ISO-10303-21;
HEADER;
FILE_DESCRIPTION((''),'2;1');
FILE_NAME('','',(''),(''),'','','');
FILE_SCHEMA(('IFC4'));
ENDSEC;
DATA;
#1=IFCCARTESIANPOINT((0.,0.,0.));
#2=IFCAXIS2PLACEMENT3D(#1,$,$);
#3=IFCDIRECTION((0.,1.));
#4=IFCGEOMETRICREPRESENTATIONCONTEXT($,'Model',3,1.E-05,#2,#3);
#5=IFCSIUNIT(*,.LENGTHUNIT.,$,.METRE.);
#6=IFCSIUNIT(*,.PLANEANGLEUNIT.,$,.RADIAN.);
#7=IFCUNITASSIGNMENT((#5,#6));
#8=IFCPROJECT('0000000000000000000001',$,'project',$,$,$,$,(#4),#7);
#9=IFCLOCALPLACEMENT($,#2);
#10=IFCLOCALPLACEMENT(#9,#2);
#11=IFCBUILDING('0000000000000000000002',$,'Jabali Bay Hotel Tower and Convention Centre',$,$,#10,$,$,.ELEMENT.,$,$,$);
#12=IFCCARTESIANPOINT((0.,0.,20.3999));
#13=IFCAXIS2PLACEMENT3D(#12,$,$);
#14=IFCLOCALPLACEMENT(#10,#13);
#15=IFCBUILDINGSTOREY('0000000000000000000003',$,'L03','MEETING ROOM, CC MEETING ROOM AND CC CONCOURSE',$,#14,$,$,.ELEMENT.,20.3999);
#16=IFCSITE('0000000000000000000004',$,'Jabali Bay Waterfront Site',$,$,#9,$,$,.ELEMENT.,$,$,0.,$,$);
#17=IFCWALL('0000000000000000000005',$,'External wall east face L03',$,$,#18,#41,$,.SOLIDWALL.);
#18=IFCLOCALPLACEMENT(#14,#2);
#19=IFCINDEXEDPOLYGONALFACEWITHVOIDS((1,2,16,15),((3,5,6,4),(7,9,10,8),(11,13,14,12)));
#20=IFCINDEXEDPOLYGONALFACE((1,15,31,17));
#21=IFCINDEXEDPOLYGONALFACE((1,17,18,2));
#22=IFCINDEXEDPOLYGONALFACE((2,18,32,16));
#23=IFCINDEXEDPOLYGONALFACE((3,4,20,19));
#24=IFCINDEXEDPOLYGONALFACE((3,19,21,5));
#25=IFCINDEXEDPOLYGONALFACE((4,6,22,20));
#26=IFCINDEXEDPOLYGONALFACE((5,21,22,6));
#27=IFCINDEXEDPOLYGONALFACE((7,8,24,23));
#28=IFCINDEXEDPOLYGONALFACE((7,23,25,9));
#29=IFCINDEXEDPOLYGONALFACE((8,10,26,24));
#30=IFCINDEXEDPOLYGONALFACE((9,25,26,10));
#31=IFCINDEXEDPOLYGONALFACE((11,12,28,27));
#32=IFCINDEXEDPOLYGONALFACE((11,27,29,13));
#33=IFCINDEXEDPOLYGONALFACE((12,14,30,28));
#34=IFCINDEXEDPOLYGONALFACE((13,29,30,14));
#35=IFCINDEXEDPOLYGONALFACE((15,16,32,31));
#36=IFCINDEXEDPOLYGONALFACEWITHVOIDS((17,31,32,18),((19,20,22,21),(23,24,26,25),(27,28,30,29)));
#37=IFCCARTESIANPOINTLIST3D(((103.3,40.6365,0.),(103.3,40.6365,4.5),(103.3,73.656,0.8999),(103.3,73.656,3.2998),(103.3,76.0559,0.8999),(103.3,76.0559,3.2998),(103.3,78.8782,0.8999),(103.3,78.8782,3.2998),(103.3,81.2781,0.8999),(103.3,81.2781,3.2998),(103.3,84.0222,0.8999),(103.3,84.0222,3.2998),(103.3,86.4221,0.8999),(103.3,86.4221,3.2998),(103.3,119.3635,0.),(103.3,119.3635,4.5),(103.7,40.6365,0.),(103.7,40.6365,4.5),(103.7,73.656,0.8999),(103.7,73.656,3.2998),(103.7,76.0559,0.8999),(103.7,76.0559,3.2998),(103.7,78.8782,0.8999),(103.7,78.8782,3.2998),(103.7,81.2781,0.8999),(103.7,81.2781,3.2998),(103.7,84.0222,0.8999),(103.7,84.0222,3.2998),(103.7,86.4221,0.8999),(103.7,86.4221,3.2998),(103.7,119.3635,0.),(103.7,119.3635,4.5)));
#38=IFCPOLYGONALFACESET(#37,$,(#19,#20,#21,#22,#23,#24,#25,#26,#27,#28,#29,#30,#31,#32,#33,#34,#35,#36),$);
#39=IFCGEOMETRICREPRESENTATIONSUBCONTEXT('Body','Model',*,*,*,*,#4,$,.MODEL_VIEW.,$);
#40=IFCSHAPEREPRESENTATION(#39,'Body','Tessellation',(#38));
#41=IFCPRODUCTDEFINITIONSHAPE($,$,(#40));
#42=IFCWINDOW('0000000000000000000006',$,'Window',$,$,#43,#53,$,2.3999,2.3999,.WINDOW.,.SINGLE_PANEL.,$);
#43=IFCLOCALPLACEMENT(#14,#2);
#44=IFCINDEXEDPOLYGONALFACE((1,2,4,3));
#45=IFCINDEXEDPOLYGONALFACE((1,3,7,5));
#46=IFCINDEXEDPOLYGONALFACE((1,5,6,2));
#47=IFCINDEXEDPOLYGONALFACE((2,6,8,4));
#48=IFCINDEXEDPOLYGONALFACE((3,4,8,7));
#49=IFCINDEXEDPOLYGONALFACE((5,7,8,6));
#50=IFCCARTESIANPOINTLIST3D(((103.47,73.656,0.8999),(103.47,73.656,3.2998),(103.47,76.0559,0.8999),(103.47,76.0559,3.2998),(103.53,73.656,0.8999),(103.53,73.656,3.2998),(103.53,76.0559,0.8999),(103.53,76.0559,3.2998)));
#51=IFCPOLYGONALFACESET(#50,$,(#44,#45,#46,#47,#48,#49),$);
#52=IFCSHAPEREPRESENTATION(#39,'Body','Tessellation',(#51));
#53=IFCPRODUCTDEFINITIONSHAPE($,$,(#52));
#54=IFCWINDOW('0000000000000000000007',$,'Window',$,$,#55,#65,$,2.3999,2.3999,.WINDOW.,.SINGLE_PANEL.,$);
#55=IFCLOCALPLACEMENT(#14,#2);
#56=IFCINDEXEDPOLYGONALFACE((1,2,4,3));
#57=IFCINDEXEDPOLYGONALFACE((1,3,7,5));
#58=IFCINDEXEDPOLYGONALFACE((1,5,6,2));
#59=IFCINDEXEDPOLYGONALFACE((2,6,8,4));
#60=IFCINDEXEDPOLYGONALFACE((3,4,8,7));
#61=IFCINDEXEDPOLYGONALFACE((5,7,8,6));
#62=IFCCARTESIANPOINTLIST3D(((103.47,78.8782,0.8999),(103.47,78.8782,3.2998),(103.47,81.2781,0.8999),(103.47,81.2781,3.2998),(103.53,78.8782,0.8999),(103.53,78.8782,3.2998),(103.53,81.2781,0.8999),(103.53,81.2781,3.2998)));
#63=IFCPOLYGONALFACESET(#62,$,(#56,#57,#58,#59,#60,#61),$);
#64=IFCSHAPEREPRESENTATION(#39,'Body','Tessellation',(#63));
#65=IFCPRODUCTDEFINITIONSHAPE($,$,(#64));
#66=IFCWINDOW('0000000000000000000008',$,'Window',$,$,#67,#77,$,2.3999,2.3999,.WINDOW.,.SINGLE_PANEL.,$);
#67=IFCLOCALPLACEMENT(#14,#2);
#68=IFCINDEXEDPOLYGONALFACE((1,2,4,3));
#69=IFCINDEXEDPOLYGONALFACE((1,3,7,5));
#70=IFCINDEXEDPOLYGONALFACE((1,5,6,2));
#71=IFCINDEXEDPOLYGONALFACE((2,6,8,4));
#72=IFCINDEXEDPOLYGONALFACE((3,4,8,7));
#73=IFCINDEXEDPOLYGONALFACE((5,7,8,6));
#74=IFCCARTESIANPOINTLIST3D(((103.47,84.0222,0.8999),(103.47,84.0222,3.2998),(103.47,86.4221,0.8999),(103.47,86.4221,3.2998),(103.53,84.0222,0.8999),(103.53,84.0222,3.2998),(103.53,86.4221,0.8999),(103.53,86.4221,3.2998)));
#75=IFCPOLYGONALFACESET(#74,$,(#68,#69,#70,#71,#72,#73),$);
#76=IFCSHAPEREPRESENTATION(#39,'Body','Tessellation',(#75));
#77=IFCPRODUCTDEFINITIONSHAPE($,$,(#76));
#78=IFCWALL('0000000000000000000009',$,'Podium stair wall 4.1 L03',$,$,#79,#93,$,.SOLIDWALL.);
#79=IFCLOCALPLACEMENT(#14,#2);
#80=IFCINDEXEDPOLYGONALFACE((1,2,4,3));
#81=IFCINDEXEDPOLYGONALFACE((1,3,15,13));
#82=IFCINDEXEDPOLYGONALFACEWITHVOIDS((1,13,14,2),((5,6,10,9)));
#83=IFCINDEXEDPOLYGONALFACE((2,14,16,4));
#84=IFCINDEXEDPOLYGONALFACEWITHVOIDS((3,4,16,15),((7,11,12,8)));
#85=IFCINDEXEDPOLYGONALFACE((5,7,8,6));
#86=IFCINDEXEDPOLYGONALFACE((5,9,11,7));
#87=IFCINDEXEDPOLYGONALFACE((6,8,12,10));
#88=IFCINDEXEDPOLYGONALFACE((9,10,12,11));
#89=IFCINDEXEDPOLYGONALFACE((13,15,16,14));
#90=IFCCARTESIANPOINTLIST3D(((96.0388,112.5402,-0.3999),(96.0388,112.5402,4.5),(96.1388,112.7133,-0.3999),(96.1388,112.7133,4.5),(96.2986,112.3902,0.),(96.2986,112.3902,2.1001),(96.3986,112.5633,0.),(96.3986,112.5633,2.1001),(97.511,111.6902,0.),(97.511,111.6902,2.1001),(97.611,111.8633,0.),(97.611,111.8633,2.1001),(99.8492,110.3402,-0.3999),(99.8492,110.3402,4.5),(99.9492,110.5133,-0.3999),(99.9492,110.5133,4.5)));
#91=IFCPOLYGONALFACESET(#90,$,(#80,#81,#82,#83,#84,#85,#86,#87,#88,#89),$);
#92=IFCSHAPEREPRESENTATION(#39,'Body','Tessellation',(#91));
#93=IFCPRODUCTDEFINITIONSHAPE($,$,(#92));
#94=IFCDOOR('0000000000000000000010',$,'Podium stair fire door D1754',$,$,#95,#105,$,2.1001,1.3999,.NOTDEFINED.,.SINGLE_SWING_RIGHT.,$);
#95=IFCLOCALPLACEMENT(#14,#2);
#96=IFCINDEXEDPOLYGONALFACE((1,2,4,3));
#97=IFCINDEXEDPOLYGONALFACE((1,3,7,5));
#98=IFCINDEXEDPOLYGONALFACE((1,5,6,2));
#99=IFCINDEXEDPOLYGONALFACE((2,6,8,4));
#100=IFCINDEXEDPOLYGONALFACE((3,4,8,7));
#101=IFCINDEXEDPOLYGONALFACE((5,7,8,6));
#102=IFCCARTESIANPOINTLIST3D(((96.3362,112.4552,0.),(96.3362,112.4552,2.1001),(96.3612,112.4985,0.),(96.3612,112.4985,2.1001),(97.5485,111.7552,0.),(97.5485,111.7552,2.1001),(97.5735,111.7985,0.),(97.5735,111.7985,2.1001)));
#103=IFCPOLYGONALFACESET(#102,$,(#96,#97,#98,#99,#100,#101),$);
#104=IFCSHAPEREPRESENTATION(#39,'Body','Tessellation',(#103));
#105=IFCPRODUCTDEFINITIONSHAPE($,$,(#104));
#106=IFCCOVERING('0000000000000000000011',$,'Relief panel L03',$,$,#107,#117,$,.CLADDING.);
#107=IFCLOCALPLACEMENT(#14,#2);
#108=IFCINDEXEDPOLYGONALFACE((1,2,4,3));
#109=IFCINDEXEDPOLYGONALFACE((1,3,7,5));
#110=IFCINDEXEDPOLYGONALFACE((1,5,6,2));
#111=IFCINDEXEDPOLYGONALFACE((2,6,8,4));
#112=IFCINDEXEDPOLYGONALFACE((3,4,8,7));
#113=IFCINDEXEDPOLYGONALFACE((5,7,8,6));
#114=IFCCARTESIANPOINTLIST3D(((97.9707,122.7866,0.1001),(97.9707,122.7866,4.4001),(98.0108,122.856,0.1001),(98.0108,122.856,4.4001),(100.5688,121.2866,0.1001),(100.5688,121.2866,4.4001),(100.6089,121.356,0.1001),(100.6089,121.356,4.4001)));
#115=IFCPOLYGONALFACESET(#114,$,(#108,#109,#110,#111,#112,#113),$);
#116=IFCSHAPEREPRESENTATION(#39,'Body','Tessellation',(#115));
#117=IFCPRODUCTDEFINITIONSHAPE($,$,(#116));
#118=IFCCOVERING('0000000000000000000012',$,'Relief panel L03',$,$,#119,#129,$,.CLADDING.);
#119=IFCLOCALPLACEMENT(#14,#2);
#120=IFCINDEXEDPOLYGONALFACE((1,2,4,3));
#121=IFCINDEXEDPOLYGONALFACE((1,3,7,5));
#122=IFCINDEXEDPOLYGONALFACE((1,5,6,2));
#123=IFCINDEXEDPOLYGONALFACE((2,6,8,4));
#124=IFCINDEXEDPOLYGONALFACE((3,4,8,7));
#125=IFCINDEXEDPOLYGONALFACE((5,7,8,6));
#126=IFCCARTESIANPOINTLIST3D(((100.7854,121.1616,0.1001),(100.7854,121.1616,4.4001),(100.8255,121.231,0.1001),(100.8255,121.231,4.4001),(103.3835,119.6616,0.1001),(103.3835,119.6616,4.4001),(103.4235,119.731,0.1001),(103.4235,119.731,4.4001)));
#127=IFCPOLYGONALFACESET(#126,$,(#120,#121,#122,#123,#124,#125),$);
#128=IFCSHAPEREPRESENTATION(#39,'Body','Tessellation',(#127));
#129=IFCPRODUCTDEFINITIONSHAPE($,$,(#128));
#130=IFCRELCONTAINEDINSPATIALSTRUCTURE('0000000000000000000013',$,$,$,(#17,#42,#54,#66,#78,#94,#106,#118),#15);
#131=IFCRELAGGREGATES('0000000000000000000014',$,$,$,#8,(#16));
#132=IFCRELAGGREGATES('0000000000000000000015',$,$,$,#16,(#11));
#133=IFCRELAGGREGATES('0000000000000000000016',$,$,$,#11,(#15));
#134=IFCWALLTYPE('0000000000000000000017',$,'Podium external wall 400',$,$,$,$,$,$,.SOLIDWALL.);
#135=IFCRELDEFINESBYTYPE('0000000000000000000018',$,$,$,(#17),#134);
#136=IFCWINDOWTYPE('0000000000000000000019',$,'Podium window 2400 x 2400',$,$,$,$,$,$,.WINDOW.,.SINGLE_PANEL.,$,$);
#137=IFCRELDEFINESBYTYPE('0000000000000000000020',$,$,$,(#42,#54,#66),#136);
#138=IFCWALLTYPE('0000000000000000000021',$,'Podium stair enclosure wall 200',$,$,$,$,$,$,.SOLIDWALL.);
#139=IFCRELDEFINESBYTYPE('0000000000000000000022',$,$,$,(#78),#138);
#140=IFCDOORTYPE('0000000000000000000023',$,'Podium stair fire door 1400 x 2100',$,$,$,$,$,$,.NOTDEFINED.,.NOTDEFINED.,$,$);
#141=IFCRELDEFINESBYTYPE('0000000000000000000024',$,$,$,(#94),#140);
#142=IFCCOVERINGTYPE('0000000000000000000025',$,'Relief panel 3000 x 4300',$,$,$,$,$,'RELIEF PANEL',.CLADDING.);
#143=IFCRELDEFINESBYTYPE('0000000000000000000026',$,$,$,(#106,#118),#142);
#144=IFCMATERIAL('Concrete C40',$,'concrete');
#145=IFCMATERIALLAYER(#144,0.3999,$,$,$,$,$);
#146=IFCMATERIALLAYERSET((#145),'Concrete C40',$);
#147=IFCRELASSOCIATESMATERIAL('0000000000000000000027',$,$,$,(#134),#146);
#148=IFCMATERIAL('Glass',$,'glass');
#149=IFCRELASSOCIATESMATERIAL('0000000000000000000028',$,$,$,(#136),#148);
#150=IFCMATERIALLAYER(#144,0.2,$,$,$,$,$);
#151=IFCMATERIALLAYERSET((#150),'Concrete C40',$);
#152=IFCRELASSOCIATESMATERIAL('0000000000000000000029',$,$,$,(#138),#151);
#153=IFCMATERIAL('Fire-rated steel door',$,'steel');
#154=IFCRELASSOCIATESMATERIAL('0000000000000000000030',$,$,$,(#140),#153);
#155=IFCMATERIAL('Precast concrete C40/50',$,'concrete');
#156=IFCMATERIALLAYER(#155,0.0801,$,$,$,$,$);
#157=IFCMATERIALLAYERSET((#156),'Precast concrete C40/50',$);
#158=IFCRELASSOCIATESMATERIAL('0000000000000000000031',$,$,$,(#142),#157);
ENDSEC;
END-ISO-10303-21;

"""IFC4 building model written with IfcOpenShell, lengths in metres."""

from ifc_helpers import new_model, si_unit, direction, frame, frame_2d, origin, origin_2d, place, context, subcontext, project, spatial, rectangle, extrude, material, layer, layer_set, type_object, element, fill, save


model = new_model("IFC4")

# Units and contexts
model_context = context("Model", 3, precision=1e-05, world=origin(), true_north=direction((0.0, 1.0)))
body_context = subcontext(model_context, "Body", "Model", "MODEL_VIEW")
ifc_project = project(units=[si_unit("LENGTHUNIT", "METRE"), si_unit("PLANEANGLEUNIT", "RADIAN")], contexts=[model_context])

# Site, building, storey
site_placement = place(None, origin())
site = spatial("IfcSite", under=ifc_project, at=site_placement, Name="Jabali Bay Waterfront Site", CompositionType="ELEMENT", RefElevation=0.0)
building_placement = place(site_placement, origin())
building = spatial("IfcBuilding", under=site, at=building_placement, Name="Jabali Bay Hotel Tower and Convention Centre", CompositionType="ELEMENT")
storey_placement = place(building_placement, frame((0.0, 0.0, 20.3999)))
storey = spatial("IfcBuildingStorey", under=building, at=storey_placement, Name="L03", Description="MEETING ROOM, CC MEETING ROOM AND CC CONCOURSE", CompositionType="ELEMENT", Elevation=20.3999)

# Wall, openings, windows
ifc_material_1 = material(Name="Concrete C40", Category="concrete")
ifc_layer_1 = layer(ifc_material_1, 0.3999)
ifc_layer_set_1 = layer_set([ifc_layer_1], Name="Concrete C40")
wall_type_1 = type_object("IfcWallType", Name="Podium external wall 400", PredefinedType="SOLIDWALL", material=ifc_layer_set_1)
wall_1_placement = place(storey_placement, frame((103.5, 119.3635, 0.0), z_axis=(0.0, 0.0, 1.0), x_axis=(0.0, -1.0, 0.0)))
wall_1 = element("IfcWall", 1, at=wall_1_placement, inside=storey, type_object=wall_type_1, Name="External wall east face L03", PredefinedType="SOLIDWALL", context=body_context, shape_type="SweptSolid", body=[
    extrude(rectangle(XDim=78.7271, YDim=0.3999, at=frame_2d((39.3635, 0.0))), origin(), (0.0, 0.0, 1.0), 4.5),
])
opening_1_placement = place(wall_1_placement, frame((43.3076, 0.0, 0.8999)))
opening_1 = element("IfcOpeningElement", 2, at=opening_1_placement, cuts=wall_1, PredefinedType="OPENING", context=body_context, shape_type="SweptSolid", body=[
    extrude(rectangle(XDim=2.3999, YDim=2.3999, at=frame_2d((1.2, 1.2))), frame((0.0, 0.2104, 0.0), z_axis=(0.0, -1.0, 0.0), x_axis=(1.0, 0.0, 0.0)), (0.0, 0.0, 1.0), 0.4209),
])
opening_2_placement = place(wall_1_placement, frame((38.0854, 0.0, 0.8999)))
opening_2 = element("IfcOpeningElement", 3, at=opening_2_placement, cuts=wall_1, PredefinedType="OPENING", context=body_context, shape_type="SweptSolid", body=[
    extrude(rectangle(XDim=2.3999, YDim=2.3999, at=frame_2d((1.2, 1.2))), frame((0.0, 0.2104, 0.0), z_axis=(0.0, -1.0, 0.0), x_axis=(1.0, 0.0, 0.0)), (0.0, 0.0, 1.0), 0.4209),
])
opening_3_placement = place(wall_1_placement, frame((32.9414, 0.0, 0.8999)))
opening_3 = element("IfcOpeningElement", 4, at=opening_3_placement, cuts=wall_1, PredefinedType="OPENING", context=body_context, shape_type="SweptSolid", body=[
    extrude(rectangle(XDim=2.3999, YDim=2.3999, at=frame_2d((1.2, 1.2))), frame((0.0, 0.2104, 0.0), z_axis=(0.0, -1.0, 0.0), x_axis=(1.0, 0.0, 0.0)), (0.0, 0.0, 1.0), 0.4209),
])
ifc_material_2 = material(Name="Glass", Category="glass")
window_type = type_object("IfcWindowType", Name="Podium window 2400 x 2400", PartitioningType="SINGLE_PANEL", PredefinedType="WINDOW", material=ifc_material_2)
window_1_placement = place(opening_1_placement, origin())
window_1 = element("IfcWindow", 5, at=window_1_placement, inside=storey, type_object=window_type, Name="Window", OverallHeight=2.3999, OverallWidth=2.3999, PartitioningType="SINGLE_PANEL", PredefinedType="WINDOW", context=body_context, shape_type="SweptSolid", body=[
    extrude(rectangle(XDim=2.3999, YDim=2.3999, at=frame_2d((1.2, 1.2))), frame((0.0, 0.03, 0.0), z_axis=(0.0, -1.0, 0.0), x_axis=(1.0, 0.0, 0.0)), (0.0, 0.0, 1.0), 0.0601),
])
fill(opening_1, window_1)
window_2_placement = place(opening_2_placement, origin())
window_2 = element("IfcWindow", 6, at=window_2_placement, inside=storey, type_object=window_type, Name="Window", OverallHeight=2.3999, OverallWidth=2.3999, PartitioningType="SINGLE_PANEL", PredefinedType="WINDOW", context=body_context, shape_type="SweptSolid", body=[
    extrude(rectangle(XDim=2.3999, YDim=2.3999, at=frame_2d((1.2, 1.2))), frame((0.0, 0.03, 0.0), z_axis=(0.0, -1.0, 0.0), x_axis=(1.0, 0.0, 0.0)), (0.0, 0.0, 1.0), 0.0601),
])
fill(opening_2, window_2)
window_3_placement = place(opening_3_placement, origin())
window_3 = element("IfcWindow", 7, at=window_3_placement, inside=storey, type_object=window_type, Name="Window", OverallHeight=2.3999, OverallWidth=2.3999, PartitioningType="SINGLE_PANEL", PredefinedType="WINDOW", context=body_context, shape_type="SweptSolid", body=[
    extrude(rectangle(XDim=2.3999, YDim=2.3999, at=frame_2d((1.2, 1.2))), frame((0.0, 0.03, 0.0), z_axis=(0.0, -1.0, 0.0), x_axis=(1.0, 0.0, 0.0)), (0.0, 0.0, 1.0), 0.0601),
])
fill(opening_3, window_3)

# Wall, opening, door
ifc_layer_2 = layer(ifc_material_1, 0.2)
ifc_layer_set_2 = layer_set([ifc_layer_2], Name="Concrete C40")
wall_type_2 = type_object("IfcWallType", Name="Podium stair enclosure wall 200", PredefinedType="SOLIDWALL", material=ifc_layer_set_2)
wall_2_placement = place(storey_placement, frame((99.8992, 110.4268, -0.3999), z_axis=(0.0, 0.0, 1.0), x_axis=(-0.866018, 0.500012, 0.0)))
wall_2 = element("IfcWall", 8, at=wall_2_placement, inside=storey, type_object=wall_type_2, Name="Podium stair wall 4.1 L03", PredefinedType="SOLIDWALL", context=body_context, shape_type="SweptSolid", body=[
    extrude(rectangle(XDim=4.3999, YDim=0.2, at=frame_2d((2.2, 0.0))), origin(), (0.0, 0.0, 1.0), 4.8999),
])
opening_4_placement = place(wall_2_placement, frame((2.7, 0.0, 0.3999)))
opening_4 = element("IfcOpeningElement", 9, at=opening_4_placement, cuts=wall_2, PredefinedType="OPENING", context=body_context, shape_type="SweptSolid", body=[
    extrude(rectangle(XDim=1.3999, YDim=2.1001, at=frame_2d((0.7, 1.05))), frame((0.0, 0.1104, 0.0), z_axis=(0.0, -1.0, 0.0), x_axis=(1.0, 0.0, 0.0)), (0.0, 0.0, 1.0), 0.2209),
])
ifc_material_3 = material(Name="Fire-rated steel door", Category="steel")
door_type = type_object("IfcDoorType", Name="Podium stair fire door 1400 x 2100", OperationType="NOTDEFINED", PredefinedType="NOTDEFINED", material=ifc_material_3)
door_placement = place(opening_4_placement, origin())
door = element("IfcDoor", 10, at=door_placement, inside=storey, type_object=door_type, Name="Podium stair fire door D1754", OperationType="SINGLE_SWING_RIGHT", OverallHeight=2.1001, OverallWidth=1.3999, PredefinedType="NOTDEFINED", context=body_context, shape_type="SweptSolid", body=[
    extrude(rectangle(XDim=1.3999, YDim=2.1001, at=frame_2d((0.7, 1.05))), frame((0.0, 0.0249, 0.0), z_axis=(0.0, -1.0, 0.0), x_axis=(1.0, 0.0, 0.0)), (0.0, 0.0, 1.0), 0.05),
])
fill(opening_4, door)

# Coverings
ifc_material_4 = material(Name="Precast concrete C40/50", Category="concrete")
ifc_layer_3 = layer(ifc_material_4, 0.0801)
ifc_layer_set_3 = layer_set([ifc_layer_3], Name="Precast concrete C40/50")
covering_type = type_object("IfcCoveringType", Name="Relief panel 3000 x 4300", ElementType="RELIEF PANEL", PredefinedType="CLADDING", material=ifc_layer_set_3)
for number, where, z_axis, x_axis, name in (
    (11, (99.2898, 122.0713, 0.1001), (0.0, 0.0, 1.0), (0.866025, -0.5, 0.0), "Relief panel L03"),
    (12, (102.1045, 120.4463, 0.1001), (0.0, 0.0, 1.0), (0.866025, -0.5, 0.0), "Relief panel L03"),
):
    element("IfcCovering", number, at=place(storey_placement, frame(where, z_axis=z_axis, x_axis=x_axis)), inside=storey, type_object=covering_type, Name=name, PredefinedType="CLADDING", context=body_context, shape_type="SweptSolid", body=[
        extrude(rectangle(XDim=3.0, YDim=0.0801, at=origin_2d()), origin(), (0.0, 0.0, 1.0), 4.3),
    ])

save(model, "model.ifc")
